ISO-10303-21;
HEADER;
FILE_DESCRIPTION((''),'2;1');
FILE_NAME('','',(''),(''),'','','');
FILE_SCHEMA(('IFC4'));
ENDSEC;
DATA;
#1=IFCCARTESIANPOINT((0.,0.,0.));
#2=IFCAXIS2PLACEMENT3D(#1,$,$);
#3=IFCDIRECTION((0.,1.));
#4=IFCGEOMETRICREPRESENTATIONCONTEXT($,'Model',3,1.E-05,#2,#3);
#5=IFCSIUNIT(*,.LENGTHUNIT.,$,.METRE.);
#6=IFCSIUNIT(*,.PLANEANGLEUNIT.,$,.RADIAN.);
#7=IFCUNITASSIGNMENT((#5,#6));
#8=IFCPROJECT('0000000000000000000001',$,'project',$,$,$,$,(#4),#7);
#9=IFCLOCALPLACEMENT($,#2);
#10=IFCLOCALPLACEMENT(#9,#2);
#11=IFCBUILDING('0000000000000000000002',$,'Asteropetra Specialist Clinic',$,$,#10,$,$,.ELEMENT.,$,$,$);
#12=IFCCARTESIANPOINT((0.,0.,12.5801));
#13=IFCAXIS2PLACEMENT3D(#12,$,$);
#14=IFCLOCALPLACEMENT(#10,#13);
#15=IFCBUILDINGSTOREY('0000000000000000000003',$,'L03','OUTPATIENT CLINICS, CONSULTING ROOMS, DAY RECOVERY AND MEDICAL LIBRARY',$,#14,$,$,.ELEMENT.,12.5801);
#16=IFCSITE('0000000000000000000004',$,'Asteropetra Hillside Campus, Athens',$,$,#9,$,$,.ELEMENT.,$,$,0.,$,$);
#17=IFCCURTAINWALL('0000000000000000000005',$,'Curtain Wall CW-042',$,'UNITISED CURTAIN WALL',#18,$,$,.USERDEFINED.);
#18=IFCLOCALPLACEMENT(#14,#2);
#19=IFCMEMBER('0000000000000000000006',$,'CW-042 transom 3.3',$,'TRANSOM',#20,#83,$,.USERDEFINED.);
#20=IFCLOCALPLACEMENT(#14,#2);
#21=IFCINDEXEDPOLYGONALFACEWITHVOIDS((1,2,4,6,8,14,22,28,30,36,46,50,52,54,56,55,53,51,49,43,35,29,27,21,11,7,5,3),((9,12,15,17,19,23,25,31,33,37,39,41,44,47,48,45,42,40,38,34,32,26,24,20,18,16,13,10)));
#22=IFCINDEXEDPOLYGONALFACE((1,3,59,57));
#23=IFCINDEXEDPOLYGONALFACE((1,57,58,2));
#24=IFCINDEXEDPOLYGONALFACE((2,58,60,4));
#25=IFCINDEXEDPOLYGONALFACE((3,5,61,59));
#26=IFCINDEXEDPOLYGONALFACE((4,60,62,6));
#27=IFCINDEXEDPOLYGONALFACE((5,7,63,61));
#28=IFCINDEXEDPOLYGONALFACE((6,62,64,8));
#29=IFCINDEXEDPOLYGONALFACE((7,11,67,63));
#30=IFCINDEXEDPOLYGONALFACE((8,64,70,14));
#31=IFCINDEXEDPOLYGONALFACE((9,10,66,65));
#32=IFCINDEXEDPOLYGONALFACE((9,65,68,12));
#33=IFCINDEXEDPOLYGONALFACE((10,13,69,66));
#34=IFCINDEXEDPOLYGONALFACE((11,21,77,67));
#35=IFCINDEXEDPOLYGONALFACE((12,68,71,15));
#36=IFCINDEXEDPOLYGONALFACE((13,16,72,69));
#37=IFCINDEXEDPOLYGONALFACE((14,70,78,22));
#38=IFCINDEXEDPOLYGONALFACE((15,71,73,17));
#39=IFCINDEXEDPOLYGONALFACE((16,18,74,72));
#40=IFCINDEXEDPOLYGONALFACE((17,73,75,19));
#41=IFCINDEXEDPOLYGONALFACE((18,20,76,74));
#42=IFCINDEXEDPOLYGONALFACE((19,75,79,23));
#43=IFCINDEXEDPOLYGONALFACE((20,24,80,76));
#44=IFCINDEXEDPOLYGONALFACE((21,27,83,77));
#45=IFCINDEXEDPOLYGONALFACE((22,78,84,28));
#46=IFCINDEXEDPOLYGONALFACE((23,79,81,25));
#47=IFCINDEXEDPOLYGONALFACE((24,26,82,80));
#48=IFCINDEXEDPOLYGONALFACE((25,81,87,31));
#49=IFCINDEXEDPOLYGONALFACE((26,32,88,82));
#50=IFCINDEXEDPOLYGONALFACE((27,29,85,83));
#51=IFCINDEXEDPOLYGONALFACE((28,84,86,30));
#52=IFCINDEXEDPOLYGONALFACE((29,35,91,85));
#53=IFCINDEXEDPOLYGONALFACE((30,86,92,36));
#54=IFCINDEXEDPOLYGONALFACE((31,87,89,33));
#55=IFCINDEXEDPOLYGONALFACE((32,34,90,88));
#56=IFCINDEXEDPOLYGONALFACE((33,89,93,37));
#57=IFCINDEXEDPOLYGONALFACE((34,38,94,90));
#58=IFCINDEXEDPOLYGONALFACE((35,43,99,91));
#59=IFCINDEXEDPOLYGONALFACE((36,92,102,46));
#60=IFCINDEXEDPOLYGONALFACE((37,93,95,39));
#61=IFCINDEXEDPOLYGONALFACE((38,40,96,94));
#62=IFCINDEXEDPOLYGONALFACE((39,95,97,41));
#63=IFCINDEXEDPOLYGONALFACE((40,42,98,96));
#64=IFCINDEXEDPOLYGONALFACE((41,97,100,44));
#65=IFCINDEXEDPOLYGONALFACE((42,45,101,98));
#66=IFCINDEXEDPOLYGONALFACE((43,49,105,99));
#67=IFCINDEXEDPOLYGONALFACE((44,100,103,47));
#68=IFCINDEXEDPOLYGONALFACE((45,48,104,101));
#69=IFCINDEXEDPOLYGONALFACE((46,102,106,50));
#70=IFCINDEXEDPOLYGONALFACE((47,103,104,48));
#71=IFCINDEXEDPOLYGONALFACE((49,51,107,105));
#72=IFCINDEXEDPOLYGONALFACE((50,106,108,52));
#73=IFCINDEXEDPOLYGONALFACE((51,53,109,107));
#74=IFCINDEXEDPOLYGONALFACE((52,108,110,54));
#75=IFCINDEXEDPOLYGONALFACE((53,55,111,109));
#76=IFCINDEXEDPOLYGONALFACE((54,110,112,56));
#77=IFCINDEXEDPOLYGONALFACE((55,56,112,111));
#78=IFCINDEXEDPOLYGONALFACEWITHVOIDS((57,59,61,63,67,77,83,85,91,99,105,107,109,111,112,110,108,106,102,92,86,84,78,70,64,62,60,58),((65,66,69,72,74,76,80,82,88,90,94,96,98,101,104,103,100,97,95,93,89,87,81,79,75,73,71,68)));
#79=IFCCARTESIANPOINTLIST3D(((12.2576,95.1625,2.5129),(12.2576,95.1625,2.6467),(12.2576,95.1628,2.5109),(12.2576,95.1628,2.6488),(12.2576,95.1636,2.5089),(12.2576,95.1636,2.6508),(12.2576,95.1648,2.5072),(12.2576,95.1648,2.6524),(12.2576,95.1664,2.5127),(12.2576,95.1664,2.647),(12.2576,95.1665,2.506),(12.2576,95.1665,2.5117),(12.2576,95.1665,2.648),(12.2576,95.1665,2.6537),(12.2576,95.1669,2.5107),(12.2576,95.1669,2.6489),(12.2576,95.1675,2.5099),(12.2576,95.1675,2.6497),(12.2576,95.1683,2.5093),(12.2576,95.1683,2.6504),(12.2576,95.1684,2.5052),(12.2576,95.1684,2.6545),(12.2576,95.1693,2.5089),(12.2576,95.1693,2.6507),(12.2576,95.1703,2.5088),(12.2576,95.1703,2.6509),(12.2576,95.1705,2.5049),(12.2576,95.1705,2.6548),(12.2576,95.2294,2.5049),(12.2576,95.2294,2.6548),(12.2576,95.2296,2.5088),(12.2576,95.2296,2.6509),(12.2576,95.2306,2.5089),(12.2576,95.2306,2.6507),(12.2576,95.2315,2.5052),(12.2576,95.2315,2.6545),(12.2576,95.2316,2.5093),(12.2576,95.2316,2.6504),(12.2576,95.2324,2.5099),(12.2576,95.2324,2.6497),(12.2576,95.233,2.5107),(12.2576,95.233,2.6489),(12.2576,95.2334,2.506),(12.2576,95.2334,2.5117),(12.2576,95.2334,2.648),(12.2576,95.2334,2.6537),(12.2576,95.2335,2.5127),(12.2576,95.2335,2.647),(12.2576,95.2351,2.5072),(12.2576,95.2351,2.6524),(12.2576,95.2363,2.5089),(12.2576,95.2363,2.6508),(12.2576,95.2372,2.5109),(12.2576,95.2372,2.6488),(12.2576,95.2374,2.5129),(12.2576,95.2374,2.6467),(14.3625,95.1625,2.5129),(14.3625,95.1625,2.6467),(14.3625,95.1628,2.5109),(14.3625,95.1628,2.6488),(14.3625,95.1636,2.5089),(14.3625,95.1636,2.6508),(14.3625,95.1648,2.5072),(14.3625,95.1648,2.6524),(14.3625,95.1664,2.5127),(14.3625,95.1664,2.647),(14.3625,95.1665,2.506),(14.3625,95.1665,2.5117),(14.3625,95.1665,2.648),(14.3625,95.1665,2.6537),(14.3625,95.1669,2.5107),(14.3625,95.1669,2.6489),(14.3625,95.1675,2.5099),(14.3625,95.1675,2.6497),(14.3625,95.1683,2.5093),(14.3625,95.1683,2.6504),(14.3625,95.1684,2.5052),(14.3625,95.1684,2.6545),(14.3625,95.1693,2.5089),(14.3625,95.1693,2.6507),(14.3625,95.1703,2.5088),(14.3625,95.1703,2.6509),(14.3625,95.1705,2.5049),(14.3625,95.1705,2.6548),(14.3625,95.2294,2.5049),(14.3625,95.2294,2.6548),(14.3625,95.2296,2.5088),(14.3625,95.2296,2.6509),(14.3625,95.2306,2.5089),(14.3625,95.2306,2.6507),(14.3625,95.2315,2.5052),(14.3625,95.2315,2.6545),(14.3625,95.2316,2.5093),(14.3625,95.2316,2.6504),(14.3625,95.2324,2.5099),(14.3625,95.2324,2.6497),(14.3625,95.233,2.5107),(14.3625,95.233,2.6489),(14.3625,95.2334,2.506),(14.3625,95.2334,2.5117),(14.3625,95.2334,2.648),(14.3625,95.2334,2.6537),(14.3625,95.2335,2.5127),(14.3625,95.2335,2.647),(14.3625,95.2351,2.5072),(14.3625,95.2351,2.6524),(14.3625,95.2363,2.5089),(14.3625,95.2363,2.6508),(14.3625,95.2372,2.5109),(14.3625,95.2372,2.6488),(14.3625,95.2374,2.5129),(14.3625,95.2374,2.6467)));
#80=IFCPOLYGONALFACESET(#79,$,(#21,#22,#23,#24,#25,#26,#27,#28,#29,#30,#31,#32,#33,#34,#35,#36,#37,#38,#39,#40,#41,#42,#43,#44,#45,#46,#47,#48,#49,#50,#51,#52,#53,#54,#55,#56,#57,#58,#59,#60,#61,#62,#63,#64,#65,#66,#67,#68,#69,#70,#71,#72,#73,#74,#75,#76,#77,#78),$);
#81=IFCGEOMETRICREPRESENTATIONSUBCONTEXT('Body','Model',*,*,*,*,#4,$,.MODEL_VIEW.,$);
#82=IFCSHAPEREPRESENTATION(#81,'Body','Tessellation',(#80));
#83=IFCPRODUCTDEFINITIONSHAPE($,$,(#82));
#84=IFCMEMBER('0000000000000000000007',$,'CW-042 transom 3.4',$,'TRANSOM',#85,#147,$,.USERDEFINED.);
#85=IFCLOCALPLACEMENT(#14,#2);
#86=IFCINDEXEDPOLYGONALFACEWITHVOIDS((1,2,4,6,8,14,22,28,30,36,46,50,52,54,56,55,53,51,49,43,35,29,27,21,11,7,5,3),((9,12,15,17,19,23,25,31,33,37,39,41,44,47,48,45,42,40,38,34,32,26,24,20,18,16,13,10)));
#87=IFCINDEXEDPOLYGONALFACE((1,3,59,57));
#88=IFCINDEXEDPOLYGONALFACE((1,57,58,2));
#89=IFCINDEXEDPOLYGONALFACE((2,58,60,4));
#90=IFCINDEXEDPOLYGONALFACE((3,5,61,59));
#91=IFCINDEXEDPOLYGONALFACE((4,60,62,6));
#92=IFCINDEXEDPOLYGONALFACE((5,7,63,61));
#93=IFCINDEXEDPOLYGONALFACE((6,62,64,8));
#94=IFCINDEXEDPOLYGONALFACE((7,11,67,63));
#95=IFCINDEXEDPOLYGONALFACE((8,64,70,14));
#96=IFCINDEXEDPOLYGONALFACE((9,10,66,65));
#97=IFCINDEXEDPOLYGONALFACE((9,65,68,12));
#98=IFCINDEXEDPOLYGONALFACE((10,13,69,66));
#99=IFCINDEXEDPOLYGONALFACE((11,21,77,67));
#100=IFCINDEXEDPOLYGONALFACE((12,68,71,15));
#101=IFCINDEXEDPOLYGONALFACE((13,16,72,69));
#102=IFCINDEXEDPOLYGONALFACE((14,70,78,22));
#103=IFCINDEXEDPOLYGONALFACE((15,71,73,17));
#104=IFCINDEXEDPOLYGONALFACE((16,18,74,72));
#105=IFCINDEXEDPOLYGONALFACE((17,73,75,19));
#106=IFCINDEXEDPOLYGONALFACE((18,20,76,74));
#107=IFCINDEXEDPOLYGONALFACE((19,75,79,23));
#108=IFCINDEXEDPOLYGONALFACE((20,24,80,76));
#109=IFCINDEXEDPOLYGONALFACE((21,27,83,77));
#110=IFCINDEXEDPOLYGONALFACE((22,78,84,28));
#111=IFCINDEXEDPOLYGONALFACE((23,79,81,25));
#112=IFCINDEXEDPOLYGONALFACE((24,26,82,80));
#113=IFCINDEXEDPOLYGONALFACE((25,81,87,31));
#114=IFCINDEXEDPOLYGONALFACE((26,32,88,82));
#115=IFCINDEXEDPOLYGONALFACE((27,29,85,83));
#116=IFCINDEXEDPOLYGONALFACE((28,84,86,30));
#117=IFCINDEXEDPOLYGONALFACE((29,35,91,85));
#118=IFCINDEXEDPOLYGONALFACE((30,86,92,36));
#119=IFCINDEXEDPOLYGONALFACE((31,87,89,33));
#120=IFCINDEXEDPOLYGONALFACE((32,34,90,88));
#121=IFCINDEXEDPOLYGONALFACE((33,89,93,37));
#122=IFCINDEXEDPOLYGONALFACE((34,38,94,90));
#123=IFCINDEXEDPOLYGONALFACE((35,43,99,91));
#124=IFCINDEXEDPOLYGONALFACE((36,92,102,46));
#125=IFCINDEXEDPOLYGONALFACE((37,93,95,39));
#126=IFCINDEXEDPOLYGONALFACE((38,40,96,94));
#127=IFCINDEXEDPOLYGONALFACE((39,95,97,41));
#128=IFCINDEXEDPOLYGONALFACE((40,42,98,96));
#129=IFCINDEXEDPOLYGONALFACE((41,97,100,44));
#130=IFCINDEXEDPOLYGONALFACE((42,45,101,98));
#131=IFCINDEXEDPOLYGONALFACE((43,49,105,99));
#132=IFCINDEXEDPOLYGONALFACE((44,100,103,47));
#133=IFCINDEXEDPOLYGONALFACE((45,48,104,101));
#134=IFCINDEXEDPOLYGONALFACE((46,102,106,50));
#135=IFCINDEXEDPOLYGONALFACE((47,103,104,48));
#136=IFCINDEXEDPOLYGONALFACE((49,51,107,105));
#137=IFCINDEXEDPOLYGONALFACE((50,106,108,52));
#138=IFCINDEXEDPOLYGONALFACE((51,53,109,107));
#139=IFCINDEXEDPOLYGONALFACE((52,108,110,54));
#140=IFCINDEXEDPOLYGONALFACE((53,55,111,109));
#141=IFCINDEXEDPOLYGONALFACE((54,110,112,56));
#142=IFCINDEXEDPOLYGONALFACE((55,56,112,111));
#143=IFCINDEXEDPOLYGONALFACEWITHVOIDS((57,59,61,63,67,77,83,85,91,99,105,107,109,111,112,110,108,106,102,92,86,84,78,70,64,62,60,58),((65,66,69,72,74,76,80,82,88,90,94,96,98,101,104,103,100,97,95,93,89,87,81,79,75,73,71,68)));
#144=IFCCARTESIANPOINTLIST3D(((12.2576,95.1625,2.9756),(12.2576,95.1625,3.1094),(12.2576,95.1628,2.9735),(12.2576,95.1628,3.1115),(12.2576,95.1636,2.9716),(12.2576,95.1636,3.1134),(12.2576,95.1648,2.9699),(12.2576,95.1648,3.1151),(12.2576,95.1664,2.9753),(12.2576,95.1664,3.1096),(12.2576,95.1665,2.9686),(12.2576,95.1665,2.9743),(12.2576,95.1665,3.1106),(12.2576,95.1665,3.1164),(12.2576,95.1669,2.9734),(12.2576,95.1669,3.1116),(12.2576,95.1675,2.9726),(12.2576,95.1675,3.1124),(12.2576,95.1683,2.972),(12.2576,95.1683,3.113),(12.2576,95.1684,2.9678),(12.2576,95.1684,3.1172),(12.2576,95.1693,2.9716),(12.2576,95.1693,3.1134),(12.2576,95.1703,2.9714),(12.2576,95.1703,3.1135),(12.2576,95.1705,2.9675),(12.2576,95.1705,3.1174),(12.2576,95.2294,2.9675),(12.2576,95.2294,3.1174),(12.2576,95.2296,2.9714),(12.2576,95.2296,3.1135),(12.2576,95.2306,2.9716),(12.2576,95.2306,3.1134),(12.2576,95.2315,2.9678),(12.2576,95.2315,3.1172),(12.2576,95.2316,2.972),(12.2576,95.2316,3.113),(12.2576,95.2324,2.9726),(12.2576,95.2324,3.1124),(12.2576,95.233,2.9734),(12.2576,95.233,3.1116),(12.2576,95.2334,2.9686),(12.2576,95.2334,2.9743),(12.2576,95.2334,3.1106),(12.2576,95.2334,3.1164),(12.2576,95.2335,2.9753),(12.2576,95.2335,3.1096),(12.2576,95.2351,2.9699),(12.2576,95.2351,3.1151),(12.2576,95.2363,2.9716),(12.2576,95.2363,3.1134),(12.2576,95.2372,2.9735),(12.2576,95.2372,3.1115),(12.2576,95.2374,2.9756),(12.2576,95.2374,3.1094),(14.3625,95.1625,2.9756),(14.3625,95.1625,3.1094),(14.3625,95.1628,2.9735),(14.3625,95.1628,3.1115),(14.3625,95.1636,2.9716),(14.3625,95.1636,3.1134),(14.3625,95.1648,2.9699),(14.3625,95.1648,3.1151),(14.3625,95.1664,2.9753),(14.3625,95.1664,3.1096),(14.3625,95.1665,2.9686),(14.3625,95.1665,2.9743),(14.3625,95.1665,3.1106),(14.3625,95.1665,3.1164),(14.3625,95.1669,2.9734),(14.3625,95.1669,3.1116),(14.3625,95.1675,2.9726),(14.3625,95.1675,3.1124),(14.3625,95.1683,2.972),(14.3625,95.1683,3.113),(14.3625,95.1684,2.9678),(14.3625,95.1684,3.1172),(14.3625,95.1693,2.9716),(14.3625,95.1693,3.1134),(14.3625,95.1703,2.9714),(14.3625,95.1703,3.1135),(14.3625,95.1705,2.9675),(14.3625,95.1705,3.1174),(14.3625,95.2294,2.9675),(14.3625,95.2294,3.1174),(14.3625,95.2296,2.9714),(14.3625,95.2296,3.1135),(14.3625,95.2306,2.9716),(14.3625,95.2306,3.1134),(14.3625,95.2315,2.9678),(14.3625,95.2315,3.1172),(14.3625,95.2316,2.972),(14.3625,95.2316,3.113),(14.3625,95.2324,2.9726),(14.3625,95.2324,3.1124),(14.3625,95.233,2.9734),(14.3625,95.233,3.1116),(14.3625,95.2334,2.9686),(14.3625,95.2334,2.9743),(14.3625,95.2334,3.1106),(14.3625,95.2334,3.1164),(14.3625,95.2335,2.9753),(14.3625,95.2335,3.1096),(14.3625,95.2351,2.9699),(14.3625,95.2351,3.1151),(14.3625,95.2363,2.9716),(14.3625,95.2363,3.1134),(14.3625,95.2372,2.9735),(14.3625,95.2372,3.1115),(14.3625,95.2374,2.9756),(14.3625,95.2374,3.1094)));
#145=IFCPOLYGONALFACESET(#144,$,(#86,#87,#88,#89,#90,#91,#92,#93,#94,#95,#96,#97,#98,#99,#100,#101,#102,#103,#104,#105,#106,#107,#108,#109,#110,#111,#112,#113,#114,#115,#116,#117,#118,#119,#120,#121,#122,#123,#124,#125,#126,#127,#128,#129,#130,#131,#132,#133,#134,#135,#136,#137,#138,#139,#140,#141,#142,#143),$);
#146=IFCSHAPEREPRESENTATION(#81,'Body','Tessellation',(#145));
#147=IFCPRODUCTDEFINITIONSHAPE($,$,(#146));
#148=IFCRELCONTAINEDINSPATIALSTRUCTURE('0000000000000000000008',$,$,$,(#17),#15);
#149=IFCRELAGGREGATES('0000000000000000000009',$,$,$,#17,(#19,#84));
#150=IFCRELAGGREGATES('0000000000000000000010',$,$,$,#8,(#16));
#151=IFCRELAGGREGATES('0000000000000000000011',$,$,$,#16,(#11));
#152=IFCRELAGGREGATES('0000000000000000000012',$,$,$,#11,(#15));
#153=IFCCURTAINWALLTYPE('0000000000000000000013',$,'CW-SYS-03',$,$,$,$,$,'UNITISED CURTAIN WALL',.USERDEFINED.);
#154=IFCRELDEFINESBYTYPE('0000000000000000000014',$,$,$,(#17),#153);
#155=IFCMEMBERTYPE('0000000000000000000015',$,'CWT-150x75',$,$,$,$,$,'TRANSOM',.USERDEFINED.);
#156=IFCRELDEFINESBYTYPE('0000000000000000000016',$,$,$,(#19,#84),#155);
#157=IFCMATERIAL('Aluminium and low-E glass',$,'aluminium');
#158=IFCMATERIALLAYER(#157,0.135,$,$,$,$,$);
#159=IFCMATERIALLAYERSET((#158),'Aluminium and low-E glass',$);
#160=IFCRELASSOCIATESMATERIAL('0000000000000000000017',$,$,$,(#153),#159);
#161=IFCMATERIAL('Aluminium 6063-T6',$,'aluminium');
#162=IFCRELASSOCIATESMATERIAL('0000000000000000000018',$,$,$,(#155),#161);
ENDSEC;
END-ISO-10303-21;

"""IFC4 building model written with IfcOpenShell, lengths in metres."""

from ifc_helpers import new_model, si_unit, direction, frame, origin, origin_2d, place, context, subcontext, project, spatial, hollow_rectangle, extrude, material, layer, layer_set, material_profile, profile_set, type_object, element, aggregate, save


model = new_model("IFC4")

# Units and contexts
model_context = context("Model", 3, precision=1e-05, world=origin(), true_north=direction((0.0, 1.0)))
body_context = subcontext(model_context, "Body", "Model", "MODEL_VIEW")
ifc_project = project(units=[si_unit("LENGTHUNIT", "METRE"), si_unit("PLANEANGLEUNIT", "RADIAN")], contexts=[model_context])

# Site, building, storey
site_placement = place(None, origin())
site = spatial("IfcSite", under=ifc_project, at=site_placement, Name="Asteropetra Hillside Campus, Athens", CompositionType="ELEMENT", RefElevation=0.0)
building_placement = place(site_placement, origin())
building = spatial("IfcBuilding", under=site, at=building_placement, Name="Asteropetra Specialist Clinic", CompositionType="ELEMENT")
storey_placement = place(building_placement, frame((0.0, 0.0, 12.5801)))
storey = spatial("IfcBuildingStorey", under=building, at=storey_placement, Name="L03", Description="OUTPATIENT CLINICS, CONSULTING ROOMS, DAY RECOVERY AND MEDICAL LIBRARY", CompositionType="ELEMENT", Elevation=12.5801)

# Curtain wall, members
ifc_material_1 = material(Name="Aluminium and low-E glass", Category="aluminium")
ifc_layer_1 = layer(ifc_material_1, 0.135)
ifc_layer_set_1 = layer_set([ifc_layer_1], Name="Aluminium and low-E glass")
curtain_wall_type = type_object("IfcCurtainWallType", Name="CW-SYS-03", ElementType="UNITISED CURTAIN WALL", PredefinedType="USERDEFINED", material=ifc_layer_set_1)
curtain_wall_placement = place(storey_placement, origin())
curtain_wall = element("IfcCurtainWall", 1, at=curtain_wall_placement, inside=storey, type_object=curtain_wall_type, Name="Curtain Wall CW-042", ObjectType="UNITISED CURTAIN WALL", PredefinedType="USERDEFINED")
ifc_material_2 = material(Name="Aluminium 6063-T6", Category="aluminium")
ifc_material_profile_1 = material_profile(ifc_material_2, hollow_rectangle(XDim=0.075, YDim=0.1499, WallThickness=0.0039, InnerFilletRadius=0.0039, OuterFilletRadius=0.0081, at=origin_2d()), Name="TRN 150x75x4.0")
ifc_profile_set_1 = profile_set([ifc_material_profile_1], Name="Aluminium 6063-T6")
member_type_1 = type_object("IfcMemberType", Name="CWT-150x75", ElementType="TRANSOM", PredefinedType="USERDEFINED", material=ifc_profile_set_1)
member_1_placement = place(storey_placement, frame((14.3625, 95.2, 2.5798), z_axis=(-1.0, 0.0, 0.0), x_axis=(0.0, -1.0, 0.0)))
member_1 = element("IfcMember", 2, at=member_1_placement, type_object=member_type_1, Name="CW-042 transom 3.3", ObjectType="TRANSOM", PredefinedType="USERDEFINED", context=body_context, shape_type="SweptSolid", body=[
    extrude(hollow_rectangle(XDim=0.075, YDim=0.1499, WallThickness=0.0039, InnerFilletRadius=0.0039, OuterFilletRadius=0.0081, at=origin_2d()), origin(), (0.0, 0.0, 1.0), 2.105),
])
member_2_placement = place(storey_placement, frame((14.3625, 95.2, 3.0425), z_axis=(-1.0, 0.0, 0.0), x_axis=(0.0, -1.0, 0.0)))
member_2 = element("IfcMember", 3, at=member_2_placement, type_object=member_type_1, Name="CW-042 transom 3.4", ObjectType="TRANSOM", PredefinedType="USERDEFINED", context=body_context, shape_type="SweptSolid", body=[
    extrude(hollow_rectangle(XDim=0.075, YDim=0.1499, WallThickness=0.0039, InnerFilletRadius=0.0039, OuterFilletRadius=0.0081, at=origin_2d()), origin(), (0.0, 0.0, 1.0), 2.105),
])

aggregate(curtain_wall, [member_1, member_2])

save(model, "model.ifc")
